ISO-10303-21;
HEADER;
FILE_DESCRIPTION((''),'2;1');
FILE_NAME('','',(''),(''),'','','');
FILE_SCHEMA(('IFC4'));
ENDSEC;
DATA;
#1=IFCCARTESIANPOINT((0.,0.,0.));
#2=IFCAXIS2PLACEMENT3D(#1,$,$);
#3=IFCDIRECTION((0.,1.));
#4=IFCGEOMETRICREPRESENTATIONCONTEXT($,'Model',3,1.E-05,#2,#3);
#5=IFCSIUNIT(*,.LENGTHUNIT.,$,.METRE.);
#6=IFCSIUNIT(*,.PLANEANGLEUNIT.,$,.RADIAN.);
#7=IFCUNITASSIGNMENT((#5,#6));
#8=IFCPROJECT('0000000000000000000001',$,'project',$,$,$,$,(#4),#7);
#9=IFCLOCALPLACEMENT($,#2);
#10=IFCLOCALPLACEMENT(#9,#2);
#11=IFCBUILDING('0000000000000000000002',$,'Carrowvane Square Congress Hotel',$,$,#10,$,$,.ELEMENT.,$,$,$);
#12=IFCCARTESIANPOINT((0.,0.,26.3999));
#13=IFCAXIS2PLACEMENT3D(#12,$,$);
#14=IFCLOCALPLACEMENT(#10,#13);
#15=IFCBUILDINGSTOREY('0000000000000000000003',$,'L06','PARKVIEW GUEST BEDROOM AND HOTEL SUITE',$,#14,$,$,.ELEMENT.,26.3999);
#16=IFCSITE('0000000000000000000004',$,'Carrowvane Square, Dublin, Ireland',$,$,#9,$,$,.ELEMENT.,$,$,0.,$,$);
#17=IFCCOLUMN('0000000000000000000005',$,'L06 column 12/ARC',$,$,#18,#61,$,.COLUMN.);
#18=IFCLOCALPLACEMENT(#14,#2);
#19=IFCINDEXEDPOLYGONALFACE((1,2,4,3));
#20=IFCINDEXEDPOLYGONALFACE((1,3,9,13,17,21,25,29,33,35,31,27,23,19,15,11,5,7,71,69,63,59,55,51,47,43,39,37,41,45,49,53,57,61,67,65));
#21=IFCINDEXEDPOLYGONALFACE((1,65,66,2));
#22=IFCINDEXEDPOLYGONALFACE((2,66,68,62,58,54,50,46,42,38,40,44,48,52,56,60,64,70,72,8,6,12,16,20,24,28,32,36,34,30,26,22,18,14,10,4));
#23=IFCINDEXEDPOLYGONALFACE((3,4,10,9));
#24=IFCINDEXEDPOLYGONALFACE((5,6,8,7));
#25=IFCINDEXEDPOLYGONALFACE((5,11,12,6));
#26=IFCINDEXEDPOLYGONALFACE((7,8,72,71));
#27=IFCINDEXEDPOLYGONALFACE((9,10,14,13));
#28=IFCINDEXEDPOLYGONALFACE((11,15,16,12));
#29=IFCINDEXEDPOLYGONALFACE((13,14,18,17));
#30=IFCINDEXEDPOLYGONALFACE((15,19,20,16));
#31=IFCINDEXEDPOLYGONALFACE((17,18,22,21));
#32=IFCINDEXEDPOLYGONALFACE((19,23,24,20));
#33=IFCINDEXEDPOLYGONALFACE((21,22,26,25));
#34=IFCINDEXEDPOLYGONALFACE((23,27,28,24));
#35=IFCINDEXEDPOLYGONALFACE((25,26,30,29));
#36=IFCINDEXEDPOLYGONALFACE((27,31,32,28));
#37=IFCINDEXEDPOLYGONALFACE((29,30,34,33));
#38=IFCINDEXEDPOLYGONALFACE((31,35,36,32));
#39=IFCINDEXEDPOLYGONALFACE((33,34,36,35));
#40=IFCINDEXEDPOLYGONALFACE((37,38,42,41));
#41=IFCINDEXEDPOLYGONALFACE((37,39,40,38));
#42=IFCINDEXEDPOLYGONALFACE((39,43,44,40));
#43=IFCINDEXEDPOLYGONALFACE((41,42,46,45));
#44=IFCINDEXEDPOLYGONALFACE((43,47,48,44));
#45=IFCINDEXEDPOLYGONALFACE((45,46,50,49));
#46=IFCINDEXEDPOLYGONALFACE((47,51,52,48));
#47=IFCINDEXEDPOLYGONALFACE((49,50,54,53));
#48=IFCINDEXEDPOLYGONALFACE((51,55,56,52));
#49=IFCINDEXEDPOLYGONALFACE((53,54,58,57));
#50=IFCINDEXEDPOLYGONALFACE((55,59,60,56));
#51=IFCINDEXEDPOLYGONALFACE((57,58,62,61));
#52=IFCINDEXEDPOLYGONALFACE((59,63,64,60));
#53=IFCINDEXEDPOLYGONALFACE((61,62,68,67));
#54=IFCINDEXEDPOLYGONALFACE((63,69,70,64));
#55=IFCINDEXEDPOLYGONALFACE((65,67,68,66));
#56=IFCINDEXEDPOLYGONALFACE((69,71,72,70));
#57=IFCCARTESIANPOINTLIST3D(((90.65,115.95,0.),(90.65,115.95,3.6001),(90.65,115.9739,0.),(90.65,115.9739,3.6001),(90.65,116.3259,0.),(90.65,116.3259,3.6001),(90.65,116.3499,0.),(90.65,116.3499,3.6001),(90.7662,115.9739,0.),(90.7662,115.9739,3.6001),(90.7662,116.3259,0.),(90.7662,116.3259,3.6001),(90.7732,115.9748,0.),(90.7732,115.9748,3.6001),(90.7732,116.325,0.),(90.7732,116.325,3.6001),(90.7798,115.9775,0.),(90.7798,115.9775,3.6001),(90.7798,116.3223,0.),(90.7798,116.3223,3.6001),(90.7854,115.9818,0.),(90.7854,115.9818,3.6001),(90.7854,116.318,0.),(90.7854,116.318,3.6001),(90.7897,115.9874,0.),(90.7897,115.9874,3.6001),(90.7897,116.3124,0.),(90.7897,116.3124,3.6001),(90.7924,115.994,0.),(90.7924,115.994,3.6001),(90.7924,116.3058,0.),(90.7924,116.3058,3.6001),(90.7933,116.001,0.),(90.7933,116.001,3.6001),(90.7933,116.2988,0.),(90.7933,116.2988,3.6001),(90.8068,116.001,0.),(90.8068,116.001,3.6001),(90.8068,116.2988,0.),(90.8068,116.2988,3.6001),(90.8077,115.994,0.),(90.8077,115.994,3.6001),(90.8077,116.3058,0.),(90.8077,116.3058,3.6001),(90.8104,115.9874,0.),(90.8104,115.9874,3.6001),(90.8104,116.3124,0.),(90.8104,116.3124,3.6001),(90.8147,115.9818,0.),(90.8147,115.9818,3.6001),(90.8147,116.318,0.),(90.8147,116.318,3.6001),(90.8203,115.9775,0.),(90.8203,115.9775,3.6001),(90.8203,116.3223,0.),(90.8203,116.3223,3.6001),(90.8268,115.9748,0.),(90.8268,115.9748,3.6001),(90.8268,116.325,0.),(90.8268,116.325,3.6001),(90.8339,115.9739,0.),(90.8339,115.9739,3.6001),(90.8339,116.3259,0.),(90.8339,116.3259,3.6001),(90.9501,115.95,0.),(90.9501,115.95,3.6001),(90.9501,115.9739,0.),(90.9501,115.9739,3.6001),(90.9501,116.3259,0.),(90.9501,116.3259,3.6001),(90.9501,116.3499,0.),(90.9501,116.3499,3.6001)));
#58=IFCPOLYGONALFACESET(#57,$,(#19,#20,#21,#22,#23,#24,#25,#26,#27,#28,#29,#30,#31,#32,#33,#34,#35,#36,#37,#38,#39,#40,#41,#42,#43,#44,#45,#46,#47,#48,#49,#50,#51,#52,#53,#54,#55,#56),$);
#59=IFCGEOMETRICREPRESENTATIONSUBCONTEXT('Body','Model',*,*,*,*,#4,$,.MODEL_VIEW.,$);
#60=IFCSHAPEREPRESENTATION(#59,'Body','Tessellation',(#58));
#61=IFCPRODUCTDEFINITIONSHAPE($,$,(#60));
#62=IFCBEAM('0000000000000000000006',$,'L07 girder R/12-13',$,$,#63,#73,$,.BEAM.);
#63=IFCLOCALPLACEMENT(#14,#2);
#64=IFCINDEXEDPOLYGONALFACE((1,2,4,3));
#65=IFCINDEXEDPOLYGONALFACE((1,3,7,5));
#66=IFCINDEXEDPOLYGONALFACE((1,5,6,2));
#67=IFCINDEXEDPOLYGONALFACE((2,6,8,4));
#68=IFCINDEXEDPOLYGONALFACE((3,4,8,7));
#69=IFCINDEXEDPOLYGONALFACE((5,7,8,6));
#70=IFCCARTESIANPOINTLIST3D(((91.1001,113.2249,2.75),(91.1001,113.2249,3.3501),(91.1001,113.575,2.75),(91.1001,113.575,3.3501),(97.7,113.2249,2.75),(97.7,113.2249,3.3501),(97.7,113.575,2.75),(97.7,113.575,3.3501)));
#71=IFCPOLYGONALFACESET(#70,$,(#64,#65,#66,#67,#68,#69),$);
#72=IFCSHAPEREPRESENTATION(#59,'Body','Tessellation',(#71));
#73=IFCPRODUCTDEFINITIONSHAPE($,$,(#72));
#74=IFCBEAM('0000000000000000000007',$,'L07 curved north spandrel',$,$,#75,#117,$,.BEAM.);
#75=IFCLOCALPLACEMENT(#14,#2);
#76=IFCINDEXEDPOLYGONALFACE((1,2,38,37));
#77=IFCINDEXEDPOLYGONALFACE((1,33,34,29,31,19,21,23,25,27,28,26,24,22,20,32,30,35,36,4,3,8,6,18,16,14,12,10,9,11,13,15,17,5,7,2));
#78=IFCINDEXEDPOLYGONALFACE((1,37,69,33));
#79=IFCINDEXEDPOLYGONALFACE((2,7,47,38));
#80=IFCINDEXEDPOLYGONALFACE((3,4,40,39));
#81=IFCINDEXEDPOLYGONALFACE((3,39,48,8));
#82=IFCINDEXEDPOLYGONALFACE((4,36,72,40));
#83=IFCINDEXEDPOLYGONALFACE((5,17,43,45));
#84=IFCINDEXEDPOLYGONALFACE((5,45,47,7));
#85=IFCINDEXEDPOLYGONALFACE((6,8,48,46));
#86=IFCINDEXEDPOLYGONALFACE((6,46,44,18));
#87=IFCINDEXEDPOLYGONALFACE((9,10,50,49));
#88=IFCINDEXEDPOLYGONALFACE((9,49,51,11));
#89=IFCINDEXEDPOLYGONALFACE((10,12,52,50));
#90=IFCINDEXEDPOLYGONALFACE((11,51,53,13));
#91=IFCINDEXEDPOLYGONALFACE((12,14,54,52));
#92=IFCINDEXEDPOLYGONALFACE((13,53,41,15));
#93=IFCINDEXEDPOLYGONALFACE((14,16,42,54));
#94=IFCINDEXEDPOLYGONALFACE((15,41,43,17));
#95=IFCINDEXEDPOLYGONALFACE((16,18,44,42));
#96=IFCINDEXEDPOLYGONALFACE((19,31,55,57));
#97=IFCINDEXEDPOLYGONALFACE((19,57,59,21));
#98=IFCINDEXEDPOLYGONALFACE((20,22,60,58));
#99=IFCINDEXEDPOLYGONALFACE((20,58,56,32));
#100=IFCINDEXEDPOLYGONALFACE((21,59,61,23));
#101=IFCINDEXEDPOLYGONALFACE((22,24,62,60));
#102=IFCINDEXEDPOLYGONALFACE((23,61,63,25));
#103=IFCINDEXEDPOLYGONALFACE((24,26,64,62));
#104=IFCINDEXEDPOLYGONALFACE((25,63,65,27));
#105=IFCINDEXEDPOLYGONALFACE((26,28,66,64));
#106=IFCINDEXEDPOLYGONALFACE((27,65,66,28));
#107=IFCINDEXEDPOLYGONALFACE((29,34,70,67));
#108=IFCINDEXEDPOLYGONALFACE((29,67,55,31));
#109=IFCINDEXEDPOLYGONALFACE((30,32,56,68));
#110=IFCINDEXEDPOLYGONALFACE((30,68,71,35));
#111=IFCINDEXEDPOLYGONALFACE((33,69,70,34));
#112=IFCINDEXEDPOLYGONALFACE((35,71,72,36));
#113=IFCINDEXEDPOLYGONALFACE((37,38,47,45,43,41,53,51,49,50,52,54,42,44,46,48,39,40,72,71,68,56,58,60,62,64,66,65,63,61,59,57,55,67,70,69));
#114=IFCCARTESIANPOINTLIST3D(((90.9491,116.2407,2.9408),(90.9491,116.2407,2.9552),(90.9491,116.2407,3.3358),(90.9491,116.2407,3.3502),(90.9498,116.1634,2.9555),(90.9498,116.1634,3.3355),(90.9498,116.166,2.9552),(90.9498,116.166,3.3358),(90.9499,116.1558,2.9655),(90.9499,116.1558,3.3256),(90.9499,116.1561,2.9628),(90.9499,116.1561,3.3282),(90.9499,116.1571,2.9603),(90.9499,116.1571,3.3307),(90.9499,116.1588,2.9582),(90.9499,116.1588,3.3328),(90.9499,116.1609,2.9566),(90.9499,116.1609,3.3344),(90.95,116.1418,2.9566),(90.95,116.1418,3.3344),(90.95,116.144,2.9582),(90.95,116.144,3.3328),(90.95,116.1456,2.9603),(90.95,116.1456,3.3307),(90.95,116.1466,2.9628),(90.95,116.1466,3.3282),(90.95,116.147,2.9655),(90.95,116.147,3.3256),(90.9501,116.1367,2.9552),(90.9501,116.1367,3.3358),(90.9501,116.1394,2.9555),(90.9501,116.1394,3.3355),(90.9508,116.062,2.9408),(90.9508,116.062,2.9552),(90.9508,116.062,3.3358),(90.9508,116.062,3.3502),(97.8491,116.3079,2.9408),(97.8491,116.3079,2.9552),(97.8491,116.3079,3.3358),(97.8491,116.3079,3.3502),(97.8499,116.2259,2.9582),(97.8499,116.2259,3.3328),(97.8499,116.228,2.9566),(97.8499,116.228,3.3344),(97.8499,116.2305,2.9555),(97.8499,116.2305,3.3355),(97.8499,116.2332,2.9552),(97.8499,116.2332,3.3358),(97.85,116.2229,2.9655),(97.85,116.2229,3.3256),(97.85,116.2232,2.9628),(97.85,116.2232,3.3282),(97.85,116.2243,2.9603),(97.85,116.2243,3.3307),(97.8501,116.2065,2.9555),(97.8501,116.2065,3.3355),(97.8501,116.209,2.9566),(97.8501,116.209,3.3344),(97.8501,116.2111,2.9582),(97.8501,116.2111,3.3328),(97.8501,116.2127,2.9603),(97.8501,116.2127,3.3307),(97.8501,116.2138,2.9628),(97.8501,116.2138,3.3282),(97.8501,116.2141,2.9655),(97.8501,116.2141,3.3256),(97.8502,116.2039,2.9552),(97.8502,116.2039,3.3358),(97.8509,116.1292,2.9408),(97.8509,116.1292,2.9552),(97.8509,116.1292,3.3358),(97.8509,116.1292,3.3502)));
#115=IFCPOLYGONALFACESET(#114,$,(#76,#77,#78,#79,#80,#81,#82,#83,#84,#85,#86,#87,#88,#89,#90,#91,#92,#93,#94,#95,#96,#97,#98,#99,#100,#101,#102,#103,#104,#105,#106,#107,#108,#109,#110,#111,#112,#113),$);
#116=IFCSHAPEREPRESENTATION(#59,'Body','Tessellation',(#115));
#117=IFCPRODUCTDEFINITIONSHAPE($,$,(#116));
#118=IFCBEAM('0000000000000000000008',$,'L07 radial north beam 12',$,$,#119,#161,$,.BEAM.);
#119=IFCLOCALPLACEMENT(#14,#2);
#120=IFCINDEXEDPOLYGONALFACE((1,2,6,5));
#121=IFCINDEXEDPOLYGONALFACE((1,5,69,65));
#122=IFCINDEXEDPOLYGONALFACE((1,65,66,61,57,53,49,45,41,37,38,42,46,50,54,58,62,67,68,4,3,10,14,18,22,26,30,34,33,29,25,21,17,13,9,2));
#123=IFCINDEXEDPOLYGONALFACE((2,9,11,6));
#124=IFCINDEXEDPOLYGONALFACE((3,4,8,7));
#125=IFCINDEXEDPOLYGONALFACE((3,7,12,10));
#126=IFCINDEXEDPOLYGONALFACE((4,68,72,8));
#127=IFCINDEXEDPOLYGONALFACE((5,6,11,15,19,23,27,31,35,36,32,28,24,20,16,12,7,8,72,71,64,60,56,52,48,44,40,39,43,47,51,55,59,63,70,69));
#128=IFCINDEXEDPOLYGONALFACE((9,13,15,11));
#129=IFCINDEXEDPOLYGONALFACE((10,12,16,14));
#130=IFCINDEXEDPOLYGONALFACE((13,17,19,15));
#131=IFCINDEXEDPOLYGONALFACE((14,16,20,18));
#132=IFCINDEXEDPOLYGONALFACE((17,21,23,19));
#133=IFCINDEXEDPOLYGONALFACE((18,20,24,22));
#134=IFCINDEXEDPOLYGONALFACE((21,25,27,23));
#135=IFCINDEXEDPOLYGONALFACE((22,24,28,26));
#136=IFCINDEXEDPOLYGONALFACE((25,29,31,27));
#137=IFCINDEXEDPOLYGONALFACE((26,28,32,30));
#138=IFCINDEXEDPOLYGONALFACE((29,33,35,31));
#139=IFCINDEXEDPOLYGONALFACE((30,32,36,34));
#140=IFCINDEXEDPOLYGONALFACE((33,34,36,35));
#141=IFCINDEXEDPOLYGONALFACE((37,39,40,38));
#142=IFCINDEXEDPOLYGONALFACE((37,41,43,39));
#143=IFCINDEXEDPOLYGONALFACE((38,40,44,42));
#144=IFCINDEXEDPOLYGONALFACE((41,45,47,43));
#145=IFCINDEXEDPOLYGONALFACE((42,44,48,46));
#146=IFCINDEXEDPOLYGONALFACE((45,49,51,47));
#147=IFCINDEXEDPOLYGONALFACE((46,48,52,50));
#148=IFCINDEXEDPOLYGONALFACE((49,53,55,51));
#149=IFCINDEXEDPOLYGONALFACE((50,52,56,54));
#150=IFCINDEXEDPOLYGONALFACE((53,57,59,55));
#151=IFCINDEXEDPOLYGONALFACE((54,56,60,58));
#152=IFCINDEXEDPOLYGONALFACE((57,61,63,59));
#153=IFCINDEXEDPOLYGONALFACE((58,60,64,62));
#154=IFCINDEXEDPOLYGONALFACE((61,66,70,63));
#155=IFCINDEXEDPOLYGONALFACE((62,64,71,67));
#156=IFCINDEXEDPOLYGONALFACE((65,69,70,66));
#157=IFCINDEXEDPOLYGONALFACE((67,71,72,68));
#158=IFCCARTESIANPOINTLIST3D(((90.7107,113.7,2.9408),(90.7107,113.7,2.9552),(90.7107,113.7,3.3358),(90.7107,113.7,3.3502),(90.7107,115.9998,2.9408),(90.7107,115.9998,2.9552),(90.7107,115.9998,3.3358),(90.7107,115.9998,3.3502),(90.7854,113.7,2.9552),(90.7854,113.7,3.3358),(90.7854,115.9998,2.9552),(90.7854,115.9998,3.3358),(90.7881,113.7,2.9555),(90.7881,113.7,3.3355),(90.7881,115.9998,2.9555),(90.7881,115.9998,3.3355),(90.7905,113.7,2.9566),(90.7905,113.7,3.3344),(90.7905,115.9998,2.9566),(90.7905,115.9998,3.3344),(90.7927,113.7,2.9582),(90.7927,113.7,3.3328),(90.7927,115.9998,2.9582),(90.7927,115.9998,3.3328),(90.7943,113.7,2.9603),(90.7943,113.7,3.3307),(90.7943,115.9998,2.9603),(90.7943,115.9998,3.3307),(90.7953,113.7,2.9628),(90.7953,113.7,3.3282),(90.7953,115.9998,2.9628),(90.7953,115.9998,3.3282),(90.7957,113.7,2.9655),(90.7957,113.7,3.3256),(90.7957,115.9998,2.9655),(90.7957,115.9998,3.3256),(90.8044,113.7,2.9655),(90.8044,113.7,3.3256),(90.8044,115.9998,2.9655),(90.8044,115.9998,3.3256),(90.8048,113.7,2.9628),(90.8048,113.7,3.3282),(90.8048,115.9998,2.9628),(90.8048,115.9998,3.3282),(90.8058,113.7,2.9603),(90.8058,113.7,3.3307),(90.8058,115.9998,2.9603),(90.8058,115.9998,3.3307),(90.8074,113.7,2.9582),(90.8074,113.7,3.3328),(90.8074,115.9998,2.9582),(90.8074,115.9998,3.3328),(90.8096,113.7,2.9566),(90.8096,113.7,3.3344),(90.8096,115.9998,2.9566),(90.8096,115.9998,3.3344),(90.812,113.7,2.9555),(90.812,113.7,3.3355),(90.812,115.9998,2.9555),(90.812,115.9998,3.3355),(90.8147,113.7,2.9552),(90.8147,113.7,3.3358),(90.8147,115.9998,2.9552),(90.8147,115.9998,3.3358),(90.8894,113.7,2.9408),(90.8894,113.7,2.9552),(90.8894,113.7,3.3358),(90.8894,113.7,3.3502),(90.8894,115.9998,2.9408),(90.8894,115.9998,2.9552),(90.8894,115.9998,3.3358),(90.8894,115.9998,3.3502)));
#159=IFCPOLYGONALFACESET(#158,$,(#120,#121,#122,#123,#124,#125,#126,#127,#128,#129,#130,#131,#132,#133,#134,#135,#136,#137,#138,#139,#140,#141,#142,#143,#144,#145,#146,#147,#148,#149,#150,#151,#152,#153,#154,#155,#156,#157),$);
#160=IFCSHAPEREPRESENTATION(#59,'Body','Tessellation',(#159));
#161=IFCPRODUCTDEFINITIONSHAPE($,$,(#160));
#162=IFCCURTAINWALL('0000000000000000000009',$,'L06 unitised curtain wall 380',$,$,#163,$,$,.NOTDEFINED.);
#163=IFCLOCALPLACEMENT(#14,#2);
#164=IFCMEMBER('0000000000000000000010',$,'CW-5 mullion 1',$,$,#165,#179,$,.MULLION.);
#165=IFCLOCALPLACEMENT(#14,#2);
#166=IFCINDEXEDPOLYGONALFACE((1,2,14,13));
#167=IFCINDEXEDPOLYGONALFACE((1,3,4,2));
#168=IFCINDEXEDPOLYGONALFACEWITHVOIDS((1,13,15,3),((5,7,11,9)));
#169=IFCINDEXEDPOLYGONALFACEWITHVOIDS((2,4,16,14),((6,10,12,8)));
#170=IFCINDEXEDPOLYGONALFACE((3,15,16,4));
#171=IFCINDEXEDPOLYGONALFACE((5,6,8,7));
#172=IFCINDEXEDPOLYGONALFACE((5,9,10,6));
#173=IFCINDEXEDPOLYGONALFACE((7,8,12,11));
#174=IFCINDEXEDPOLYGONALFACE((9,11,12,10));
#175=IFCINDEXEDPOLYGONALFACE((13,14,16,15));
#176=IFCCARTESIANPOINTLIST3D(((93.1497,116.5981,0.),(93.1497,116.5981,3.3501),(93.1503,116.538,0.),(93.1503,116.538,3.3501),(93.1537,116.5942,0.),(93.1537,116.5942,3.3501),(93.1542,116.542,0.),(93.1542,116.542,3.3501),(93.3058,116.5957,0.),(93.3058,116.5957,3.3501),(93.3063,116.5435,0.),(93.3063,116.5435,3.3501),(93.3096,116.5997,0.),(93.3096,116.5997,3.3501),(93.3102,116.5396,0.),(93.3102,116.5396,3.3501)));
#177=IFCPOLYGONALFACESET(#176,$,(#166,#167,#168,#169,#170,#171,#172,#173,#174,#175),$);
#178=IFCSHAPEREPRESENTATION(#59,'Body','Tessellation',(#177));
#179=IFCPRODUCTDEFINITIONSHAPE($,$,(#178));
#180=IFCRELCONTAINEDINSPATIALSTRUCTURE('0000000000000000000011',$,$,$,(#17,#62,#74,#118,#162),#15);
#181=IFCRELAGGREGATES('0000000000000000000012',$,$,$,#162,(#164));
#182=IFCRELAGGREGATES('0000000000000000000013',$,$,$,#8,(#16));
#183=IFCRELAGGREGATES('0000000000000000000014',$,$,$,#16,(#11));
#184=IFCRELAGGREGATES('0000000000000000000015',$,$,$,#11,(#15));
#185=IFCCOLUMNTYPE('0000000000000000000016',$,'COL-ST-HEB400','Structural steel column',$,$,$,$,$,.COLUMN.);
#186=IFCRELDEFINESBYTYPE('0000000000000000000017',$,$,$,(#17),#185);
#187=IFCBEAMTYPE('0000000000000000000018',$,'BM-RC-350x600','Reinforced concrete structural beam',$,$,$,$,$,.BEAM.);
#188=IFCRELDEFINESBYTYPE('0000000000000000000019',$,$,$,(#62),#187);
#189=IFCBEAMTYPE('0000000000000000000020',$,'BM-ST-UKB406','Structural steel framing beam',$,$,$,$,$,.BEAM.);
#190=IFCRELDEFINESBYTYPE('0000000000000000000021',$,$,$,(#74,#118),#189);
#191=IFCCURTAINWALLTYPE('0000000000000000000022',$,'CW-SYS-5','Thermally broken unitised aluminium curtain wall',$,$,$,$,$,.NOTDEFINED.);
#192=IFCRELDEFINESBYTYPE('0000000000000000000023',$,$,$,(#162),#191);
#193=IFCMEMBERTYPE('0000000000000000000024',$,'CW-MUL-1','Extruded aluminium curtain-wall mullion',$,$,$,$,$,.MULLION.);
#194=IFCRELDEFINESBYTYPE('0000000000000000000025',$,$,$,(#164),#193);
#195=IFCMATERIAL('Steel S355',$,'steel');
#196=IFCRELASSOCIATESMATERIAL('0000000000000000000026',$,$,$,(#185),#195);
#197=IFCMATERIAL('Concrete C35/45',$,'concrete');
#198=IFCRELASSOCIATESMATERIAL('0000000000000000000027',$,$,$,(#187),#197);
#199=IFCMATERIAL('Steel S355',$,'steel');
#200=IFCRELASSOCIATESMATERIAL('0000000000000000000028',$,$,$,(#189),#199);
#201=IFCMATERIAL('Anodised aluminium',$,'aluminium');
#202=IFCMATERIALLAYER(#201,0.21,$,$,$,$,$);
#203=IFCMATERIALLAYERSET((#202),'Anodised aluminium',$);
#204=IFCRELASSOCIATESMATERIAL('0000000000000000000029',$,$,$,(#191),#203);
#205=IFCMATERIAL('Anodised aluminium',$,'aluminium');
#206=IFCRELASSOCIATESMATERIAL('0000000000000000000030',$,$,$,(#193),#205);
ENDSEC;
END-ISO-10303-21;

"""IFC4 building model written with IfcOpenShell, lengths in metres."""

from ifc_helpers import new_model, si_unit, direction, frame, origin, origin_2d, place, context, subcontext, project, spatial, rectangle, hollow_rectangle, i_section, extrude, material, layer, layer_set, material_profile, profile_set, type_object, element, aggregate, save


model = new_model("IFC4")

# Units and contexts
model_context = context("Model", 3, precision=1e-05, world=origin(), true_north=direction((0.0, 1.0)))
body_context = subcontext(model_context, "Body", "Model", "MODEL_VIEW")
ifc_project = project(units=[si_unit("LENGTHUNIT", "METRE"), si_unit("PLANEANGLEUNIT", "RADIAN")], contexts=[model_context])

# Site, building, storey
site_placement = place(None, origin())
site = spatial("IfcSite", under=ifc_project, at=site_placement, Name="Carrowvane Square, Dublin, Ireland", CompositionType="ELEMENT", RefElevation=0.0)
building_placement = place(site_placement, origin())
building = spatial("IfcBuilding", under=site, at=building_placement, Name="Carrowvane Square Congress Hotel", CompositionType="ELEMENT")
storey_placement = place(building_placement, frame((0.0, 0.0, 26.3999)))
storey = spatial("IfcBuildingStorey", under=building, at=storey_placement, Name="L06", Description="PARKVIEW GUEST BEDROOM AND HOTEL SUITE", CompositionType="ELEMENT", Elevation=26.3999)

# Column
ifc_material_1 = material(Name="Steel S355", Category="steel")
ifc_material_profile_1 = material_profile(ifc_material_1, i_section(OverallWidth=0.3, OverallDepth=0.3999, WebThickness=0.0134, FlangeThickness=0.0239, FilletRadius=0.0271, at=origin_2d()), Name="HEB 400")
ifc_profile_set_1 = profile_set([ifc_material_profile_1], Name="Steel S355")
column_type = type_object("IfcColumnType", Name="COL-ST-HEB400", Description="Structural steel column", PredefinedType="COLUMN", material=ifc_profile_set_1)
column_placement = place(storey_placement, frame((90.8, 116.1499, 0.0), z_axis=(0.0, 0.0, 1.0), x_axis=(1.0, 0.0, 0.0)))
element("IfcColumn", 1, at=column_placement, inside=storey, type_object=column_type, Name="L06 column 12/ARC", PredefinedType="COLUMN", context=body_context, shape_type="SweptSolid", body=[
    extrude(i_section(OverallWidth=0.3, OverallDepth=0.3999, WebThickness=0.0134, FlangeThickness=0.0239, FilletRadius=0.0271, at=origin_2d()), origin(), (0.0, 0.0, 1.0), 3.6001),
])

# Beams
ifc_material_2 = material(Name="Concrete C35/45", Category="concrete")
ifc_material_profile_2 = material_profile(ifc_material_2, rectangle(XDim=0.3501, YDim=0.6001, at=origin_2d()), Name="RC 350x600")
ifc_profile_set_2 = profile_set([ifc_material_profile_2], Name="Concrete C35/45")
beam_type_1 = type_object("IfcBeamType", Name="BM-RC-350x600", Description="Reinforced concrete structural beam", PredefinedType="BEAM", material=ifc_profile_set_2)
beam_1_placement = place(storey_placement, frame((91.1001, 113.3999, 3.05), z_axis=(1.0, 0.0, 0.0), x_axis=(0.0, 1.0, 0.0)))
element("IfcBeam", 2, at=beam_1_placement, inside=storey, type_object=beam_type_1, Name="L07 girder R/12-13", PredefinedType="BEAM", context=body_context, shape_type="SweptSolid", body=[
    extrude(rectangle(XDim=0.3501, YDim=0.6001, at=origin_2d()), origin(), (0.0, 0.0, 1.0), 6.5999),
])
ifc_material_3 = material(Name="Steel S355", Category="steel")
ifc_material_profile_3 = material_profile(ifc_material_3, i_section(OverallWidth=0.1787, OverallDepth=0.4094, WebThickness=0.0088, FlangeThickness=0.0144, FilletRadius=0.0103, at=origin_2d()), Name="UKB 406x178x67")
ifc_profile_set_3 = profile_set([ifc_material_profile_3], Name="Steel S355")
beam_type_2 = type_object("IfcBeamType", Name="BM-ST-UKB406", Description="Structural steel framing beam", PredefinedType="BEAM", material=ifc_profile_set_3)
beam_2_placement = place(storey_placement, frame((90.95, 116.1514, 3.1455), z_axis=(0.999953, 0.00973, 0.0), x_axis=(-0.00973, 0.999953, 0.0)))
element("IfcBeam", 3, at=beam_2_placement, inside=storey, type_object=beam_type_2, Name="L07 curved north spandrel", PredefinedType="BEAM", context=body_context, shape_type="SweptSolid", body=[
    extrude(i_section(OverallWidth=0.1787, OverallDepth=0.4094, WebThickness=0.0088, FlangeThickness=0.0144, FilletRadius=0.0103, at=origin_2d()), origin(), (0.0, 0.0, 1.0), 6.9004),
])
beam_3_placement = place(storey_placement, frame((90.8, 113.7, 3.1455), z_axis=(0.0, 1.0, 0.0), x_axis=(-1.0, 0.0, 0.0)))
element("IfcBeam", 4, at=beam_3_placement, inside=storey, type_object=beam_type_2, Name="L07 radial north beam 12", PredefinedType="BEAM", context=body_context, shape_type="SweptSolid", body=[
    extrude(i_section(OverallWidth=0.1787, OverallDepth=0.4094, WebThickness=0.0088, FlangeThickness=0.0144, FilletRadius=0.0103, at=origin_2d()), origin(), (0.0, 0.0, 1.0), 2.2998),
])

# Curtain wall, member
ifc_material_4 = material(Name="Anodised aluminium", Category="aluminium")
ifc_layer_1 = layer(ifc_material_4, 0.21)
ifc_layer_set_1 = layer_set([ifc_layer_1], Name="Anodised aluminium")
curtain_wall_type_1 = type_object("IfcCurtainWallType", Name="CW-SYS-5", Description="Thermally broken unitised aluminium curtain wall", PredefinedType="NOTDEFINED", material=ifc_layer_set_1)
curtain_wall_1_placement = place(storey_placement, origin())
curtain_wall_1 = element("IfcCurtainWall", 5, at=curtain_wall_1_placement, inside=storey, type_object=curtain_wall_type_1, Name="L06 unitised curtain wall 380", PredefinedType="NOTDEFINED")
ifc_material_5 = material(Name="Anodised aluminium", Category="aluminium")
ifc_material_profile_4 = material_profile(ifc_material_5, hollow_rectangle(XDim=0.0601, YDim=0.1599, WallThickness=0.0039, at=origin_2d()), Name="CW-ML 60x160x4")
ifc_profile_set_4 = profile_set([ifc_material_profile_4], Name="Anodised aluminium")
member_type_1 = type_object("IfcMemberType", Name="CW-MUL-1", Description="Extruded aluminium curtain-wall mullion", PredefinedType="MULLION", material=ifc_profile_set_4)
member_1_placement = place(storey_placement, frame((93.23, 116.5688, 0.0), z_axis=(0.0, 0.0, 1.0), x_axis=(-0.009783, 0.999952, 0.0)))
member_1 = element("IfcMember", 6, at=member_1_placement, type_object=member_type_1, Name="CW-5 mullion 1", PredefinedType="MULLION", context=body_context, shape_type="SweptSolid", body=[
    extrude(hollow_rectangle(XDim=0.0601, YDim=0.1599, WallThickness=0.0039, at=origin_2d()), origin(), (0.0, 0.0, 1.0), 3.3501),
])

aggregate(curtain_wall_1, [member_1])

save(model, "model.ifc")
